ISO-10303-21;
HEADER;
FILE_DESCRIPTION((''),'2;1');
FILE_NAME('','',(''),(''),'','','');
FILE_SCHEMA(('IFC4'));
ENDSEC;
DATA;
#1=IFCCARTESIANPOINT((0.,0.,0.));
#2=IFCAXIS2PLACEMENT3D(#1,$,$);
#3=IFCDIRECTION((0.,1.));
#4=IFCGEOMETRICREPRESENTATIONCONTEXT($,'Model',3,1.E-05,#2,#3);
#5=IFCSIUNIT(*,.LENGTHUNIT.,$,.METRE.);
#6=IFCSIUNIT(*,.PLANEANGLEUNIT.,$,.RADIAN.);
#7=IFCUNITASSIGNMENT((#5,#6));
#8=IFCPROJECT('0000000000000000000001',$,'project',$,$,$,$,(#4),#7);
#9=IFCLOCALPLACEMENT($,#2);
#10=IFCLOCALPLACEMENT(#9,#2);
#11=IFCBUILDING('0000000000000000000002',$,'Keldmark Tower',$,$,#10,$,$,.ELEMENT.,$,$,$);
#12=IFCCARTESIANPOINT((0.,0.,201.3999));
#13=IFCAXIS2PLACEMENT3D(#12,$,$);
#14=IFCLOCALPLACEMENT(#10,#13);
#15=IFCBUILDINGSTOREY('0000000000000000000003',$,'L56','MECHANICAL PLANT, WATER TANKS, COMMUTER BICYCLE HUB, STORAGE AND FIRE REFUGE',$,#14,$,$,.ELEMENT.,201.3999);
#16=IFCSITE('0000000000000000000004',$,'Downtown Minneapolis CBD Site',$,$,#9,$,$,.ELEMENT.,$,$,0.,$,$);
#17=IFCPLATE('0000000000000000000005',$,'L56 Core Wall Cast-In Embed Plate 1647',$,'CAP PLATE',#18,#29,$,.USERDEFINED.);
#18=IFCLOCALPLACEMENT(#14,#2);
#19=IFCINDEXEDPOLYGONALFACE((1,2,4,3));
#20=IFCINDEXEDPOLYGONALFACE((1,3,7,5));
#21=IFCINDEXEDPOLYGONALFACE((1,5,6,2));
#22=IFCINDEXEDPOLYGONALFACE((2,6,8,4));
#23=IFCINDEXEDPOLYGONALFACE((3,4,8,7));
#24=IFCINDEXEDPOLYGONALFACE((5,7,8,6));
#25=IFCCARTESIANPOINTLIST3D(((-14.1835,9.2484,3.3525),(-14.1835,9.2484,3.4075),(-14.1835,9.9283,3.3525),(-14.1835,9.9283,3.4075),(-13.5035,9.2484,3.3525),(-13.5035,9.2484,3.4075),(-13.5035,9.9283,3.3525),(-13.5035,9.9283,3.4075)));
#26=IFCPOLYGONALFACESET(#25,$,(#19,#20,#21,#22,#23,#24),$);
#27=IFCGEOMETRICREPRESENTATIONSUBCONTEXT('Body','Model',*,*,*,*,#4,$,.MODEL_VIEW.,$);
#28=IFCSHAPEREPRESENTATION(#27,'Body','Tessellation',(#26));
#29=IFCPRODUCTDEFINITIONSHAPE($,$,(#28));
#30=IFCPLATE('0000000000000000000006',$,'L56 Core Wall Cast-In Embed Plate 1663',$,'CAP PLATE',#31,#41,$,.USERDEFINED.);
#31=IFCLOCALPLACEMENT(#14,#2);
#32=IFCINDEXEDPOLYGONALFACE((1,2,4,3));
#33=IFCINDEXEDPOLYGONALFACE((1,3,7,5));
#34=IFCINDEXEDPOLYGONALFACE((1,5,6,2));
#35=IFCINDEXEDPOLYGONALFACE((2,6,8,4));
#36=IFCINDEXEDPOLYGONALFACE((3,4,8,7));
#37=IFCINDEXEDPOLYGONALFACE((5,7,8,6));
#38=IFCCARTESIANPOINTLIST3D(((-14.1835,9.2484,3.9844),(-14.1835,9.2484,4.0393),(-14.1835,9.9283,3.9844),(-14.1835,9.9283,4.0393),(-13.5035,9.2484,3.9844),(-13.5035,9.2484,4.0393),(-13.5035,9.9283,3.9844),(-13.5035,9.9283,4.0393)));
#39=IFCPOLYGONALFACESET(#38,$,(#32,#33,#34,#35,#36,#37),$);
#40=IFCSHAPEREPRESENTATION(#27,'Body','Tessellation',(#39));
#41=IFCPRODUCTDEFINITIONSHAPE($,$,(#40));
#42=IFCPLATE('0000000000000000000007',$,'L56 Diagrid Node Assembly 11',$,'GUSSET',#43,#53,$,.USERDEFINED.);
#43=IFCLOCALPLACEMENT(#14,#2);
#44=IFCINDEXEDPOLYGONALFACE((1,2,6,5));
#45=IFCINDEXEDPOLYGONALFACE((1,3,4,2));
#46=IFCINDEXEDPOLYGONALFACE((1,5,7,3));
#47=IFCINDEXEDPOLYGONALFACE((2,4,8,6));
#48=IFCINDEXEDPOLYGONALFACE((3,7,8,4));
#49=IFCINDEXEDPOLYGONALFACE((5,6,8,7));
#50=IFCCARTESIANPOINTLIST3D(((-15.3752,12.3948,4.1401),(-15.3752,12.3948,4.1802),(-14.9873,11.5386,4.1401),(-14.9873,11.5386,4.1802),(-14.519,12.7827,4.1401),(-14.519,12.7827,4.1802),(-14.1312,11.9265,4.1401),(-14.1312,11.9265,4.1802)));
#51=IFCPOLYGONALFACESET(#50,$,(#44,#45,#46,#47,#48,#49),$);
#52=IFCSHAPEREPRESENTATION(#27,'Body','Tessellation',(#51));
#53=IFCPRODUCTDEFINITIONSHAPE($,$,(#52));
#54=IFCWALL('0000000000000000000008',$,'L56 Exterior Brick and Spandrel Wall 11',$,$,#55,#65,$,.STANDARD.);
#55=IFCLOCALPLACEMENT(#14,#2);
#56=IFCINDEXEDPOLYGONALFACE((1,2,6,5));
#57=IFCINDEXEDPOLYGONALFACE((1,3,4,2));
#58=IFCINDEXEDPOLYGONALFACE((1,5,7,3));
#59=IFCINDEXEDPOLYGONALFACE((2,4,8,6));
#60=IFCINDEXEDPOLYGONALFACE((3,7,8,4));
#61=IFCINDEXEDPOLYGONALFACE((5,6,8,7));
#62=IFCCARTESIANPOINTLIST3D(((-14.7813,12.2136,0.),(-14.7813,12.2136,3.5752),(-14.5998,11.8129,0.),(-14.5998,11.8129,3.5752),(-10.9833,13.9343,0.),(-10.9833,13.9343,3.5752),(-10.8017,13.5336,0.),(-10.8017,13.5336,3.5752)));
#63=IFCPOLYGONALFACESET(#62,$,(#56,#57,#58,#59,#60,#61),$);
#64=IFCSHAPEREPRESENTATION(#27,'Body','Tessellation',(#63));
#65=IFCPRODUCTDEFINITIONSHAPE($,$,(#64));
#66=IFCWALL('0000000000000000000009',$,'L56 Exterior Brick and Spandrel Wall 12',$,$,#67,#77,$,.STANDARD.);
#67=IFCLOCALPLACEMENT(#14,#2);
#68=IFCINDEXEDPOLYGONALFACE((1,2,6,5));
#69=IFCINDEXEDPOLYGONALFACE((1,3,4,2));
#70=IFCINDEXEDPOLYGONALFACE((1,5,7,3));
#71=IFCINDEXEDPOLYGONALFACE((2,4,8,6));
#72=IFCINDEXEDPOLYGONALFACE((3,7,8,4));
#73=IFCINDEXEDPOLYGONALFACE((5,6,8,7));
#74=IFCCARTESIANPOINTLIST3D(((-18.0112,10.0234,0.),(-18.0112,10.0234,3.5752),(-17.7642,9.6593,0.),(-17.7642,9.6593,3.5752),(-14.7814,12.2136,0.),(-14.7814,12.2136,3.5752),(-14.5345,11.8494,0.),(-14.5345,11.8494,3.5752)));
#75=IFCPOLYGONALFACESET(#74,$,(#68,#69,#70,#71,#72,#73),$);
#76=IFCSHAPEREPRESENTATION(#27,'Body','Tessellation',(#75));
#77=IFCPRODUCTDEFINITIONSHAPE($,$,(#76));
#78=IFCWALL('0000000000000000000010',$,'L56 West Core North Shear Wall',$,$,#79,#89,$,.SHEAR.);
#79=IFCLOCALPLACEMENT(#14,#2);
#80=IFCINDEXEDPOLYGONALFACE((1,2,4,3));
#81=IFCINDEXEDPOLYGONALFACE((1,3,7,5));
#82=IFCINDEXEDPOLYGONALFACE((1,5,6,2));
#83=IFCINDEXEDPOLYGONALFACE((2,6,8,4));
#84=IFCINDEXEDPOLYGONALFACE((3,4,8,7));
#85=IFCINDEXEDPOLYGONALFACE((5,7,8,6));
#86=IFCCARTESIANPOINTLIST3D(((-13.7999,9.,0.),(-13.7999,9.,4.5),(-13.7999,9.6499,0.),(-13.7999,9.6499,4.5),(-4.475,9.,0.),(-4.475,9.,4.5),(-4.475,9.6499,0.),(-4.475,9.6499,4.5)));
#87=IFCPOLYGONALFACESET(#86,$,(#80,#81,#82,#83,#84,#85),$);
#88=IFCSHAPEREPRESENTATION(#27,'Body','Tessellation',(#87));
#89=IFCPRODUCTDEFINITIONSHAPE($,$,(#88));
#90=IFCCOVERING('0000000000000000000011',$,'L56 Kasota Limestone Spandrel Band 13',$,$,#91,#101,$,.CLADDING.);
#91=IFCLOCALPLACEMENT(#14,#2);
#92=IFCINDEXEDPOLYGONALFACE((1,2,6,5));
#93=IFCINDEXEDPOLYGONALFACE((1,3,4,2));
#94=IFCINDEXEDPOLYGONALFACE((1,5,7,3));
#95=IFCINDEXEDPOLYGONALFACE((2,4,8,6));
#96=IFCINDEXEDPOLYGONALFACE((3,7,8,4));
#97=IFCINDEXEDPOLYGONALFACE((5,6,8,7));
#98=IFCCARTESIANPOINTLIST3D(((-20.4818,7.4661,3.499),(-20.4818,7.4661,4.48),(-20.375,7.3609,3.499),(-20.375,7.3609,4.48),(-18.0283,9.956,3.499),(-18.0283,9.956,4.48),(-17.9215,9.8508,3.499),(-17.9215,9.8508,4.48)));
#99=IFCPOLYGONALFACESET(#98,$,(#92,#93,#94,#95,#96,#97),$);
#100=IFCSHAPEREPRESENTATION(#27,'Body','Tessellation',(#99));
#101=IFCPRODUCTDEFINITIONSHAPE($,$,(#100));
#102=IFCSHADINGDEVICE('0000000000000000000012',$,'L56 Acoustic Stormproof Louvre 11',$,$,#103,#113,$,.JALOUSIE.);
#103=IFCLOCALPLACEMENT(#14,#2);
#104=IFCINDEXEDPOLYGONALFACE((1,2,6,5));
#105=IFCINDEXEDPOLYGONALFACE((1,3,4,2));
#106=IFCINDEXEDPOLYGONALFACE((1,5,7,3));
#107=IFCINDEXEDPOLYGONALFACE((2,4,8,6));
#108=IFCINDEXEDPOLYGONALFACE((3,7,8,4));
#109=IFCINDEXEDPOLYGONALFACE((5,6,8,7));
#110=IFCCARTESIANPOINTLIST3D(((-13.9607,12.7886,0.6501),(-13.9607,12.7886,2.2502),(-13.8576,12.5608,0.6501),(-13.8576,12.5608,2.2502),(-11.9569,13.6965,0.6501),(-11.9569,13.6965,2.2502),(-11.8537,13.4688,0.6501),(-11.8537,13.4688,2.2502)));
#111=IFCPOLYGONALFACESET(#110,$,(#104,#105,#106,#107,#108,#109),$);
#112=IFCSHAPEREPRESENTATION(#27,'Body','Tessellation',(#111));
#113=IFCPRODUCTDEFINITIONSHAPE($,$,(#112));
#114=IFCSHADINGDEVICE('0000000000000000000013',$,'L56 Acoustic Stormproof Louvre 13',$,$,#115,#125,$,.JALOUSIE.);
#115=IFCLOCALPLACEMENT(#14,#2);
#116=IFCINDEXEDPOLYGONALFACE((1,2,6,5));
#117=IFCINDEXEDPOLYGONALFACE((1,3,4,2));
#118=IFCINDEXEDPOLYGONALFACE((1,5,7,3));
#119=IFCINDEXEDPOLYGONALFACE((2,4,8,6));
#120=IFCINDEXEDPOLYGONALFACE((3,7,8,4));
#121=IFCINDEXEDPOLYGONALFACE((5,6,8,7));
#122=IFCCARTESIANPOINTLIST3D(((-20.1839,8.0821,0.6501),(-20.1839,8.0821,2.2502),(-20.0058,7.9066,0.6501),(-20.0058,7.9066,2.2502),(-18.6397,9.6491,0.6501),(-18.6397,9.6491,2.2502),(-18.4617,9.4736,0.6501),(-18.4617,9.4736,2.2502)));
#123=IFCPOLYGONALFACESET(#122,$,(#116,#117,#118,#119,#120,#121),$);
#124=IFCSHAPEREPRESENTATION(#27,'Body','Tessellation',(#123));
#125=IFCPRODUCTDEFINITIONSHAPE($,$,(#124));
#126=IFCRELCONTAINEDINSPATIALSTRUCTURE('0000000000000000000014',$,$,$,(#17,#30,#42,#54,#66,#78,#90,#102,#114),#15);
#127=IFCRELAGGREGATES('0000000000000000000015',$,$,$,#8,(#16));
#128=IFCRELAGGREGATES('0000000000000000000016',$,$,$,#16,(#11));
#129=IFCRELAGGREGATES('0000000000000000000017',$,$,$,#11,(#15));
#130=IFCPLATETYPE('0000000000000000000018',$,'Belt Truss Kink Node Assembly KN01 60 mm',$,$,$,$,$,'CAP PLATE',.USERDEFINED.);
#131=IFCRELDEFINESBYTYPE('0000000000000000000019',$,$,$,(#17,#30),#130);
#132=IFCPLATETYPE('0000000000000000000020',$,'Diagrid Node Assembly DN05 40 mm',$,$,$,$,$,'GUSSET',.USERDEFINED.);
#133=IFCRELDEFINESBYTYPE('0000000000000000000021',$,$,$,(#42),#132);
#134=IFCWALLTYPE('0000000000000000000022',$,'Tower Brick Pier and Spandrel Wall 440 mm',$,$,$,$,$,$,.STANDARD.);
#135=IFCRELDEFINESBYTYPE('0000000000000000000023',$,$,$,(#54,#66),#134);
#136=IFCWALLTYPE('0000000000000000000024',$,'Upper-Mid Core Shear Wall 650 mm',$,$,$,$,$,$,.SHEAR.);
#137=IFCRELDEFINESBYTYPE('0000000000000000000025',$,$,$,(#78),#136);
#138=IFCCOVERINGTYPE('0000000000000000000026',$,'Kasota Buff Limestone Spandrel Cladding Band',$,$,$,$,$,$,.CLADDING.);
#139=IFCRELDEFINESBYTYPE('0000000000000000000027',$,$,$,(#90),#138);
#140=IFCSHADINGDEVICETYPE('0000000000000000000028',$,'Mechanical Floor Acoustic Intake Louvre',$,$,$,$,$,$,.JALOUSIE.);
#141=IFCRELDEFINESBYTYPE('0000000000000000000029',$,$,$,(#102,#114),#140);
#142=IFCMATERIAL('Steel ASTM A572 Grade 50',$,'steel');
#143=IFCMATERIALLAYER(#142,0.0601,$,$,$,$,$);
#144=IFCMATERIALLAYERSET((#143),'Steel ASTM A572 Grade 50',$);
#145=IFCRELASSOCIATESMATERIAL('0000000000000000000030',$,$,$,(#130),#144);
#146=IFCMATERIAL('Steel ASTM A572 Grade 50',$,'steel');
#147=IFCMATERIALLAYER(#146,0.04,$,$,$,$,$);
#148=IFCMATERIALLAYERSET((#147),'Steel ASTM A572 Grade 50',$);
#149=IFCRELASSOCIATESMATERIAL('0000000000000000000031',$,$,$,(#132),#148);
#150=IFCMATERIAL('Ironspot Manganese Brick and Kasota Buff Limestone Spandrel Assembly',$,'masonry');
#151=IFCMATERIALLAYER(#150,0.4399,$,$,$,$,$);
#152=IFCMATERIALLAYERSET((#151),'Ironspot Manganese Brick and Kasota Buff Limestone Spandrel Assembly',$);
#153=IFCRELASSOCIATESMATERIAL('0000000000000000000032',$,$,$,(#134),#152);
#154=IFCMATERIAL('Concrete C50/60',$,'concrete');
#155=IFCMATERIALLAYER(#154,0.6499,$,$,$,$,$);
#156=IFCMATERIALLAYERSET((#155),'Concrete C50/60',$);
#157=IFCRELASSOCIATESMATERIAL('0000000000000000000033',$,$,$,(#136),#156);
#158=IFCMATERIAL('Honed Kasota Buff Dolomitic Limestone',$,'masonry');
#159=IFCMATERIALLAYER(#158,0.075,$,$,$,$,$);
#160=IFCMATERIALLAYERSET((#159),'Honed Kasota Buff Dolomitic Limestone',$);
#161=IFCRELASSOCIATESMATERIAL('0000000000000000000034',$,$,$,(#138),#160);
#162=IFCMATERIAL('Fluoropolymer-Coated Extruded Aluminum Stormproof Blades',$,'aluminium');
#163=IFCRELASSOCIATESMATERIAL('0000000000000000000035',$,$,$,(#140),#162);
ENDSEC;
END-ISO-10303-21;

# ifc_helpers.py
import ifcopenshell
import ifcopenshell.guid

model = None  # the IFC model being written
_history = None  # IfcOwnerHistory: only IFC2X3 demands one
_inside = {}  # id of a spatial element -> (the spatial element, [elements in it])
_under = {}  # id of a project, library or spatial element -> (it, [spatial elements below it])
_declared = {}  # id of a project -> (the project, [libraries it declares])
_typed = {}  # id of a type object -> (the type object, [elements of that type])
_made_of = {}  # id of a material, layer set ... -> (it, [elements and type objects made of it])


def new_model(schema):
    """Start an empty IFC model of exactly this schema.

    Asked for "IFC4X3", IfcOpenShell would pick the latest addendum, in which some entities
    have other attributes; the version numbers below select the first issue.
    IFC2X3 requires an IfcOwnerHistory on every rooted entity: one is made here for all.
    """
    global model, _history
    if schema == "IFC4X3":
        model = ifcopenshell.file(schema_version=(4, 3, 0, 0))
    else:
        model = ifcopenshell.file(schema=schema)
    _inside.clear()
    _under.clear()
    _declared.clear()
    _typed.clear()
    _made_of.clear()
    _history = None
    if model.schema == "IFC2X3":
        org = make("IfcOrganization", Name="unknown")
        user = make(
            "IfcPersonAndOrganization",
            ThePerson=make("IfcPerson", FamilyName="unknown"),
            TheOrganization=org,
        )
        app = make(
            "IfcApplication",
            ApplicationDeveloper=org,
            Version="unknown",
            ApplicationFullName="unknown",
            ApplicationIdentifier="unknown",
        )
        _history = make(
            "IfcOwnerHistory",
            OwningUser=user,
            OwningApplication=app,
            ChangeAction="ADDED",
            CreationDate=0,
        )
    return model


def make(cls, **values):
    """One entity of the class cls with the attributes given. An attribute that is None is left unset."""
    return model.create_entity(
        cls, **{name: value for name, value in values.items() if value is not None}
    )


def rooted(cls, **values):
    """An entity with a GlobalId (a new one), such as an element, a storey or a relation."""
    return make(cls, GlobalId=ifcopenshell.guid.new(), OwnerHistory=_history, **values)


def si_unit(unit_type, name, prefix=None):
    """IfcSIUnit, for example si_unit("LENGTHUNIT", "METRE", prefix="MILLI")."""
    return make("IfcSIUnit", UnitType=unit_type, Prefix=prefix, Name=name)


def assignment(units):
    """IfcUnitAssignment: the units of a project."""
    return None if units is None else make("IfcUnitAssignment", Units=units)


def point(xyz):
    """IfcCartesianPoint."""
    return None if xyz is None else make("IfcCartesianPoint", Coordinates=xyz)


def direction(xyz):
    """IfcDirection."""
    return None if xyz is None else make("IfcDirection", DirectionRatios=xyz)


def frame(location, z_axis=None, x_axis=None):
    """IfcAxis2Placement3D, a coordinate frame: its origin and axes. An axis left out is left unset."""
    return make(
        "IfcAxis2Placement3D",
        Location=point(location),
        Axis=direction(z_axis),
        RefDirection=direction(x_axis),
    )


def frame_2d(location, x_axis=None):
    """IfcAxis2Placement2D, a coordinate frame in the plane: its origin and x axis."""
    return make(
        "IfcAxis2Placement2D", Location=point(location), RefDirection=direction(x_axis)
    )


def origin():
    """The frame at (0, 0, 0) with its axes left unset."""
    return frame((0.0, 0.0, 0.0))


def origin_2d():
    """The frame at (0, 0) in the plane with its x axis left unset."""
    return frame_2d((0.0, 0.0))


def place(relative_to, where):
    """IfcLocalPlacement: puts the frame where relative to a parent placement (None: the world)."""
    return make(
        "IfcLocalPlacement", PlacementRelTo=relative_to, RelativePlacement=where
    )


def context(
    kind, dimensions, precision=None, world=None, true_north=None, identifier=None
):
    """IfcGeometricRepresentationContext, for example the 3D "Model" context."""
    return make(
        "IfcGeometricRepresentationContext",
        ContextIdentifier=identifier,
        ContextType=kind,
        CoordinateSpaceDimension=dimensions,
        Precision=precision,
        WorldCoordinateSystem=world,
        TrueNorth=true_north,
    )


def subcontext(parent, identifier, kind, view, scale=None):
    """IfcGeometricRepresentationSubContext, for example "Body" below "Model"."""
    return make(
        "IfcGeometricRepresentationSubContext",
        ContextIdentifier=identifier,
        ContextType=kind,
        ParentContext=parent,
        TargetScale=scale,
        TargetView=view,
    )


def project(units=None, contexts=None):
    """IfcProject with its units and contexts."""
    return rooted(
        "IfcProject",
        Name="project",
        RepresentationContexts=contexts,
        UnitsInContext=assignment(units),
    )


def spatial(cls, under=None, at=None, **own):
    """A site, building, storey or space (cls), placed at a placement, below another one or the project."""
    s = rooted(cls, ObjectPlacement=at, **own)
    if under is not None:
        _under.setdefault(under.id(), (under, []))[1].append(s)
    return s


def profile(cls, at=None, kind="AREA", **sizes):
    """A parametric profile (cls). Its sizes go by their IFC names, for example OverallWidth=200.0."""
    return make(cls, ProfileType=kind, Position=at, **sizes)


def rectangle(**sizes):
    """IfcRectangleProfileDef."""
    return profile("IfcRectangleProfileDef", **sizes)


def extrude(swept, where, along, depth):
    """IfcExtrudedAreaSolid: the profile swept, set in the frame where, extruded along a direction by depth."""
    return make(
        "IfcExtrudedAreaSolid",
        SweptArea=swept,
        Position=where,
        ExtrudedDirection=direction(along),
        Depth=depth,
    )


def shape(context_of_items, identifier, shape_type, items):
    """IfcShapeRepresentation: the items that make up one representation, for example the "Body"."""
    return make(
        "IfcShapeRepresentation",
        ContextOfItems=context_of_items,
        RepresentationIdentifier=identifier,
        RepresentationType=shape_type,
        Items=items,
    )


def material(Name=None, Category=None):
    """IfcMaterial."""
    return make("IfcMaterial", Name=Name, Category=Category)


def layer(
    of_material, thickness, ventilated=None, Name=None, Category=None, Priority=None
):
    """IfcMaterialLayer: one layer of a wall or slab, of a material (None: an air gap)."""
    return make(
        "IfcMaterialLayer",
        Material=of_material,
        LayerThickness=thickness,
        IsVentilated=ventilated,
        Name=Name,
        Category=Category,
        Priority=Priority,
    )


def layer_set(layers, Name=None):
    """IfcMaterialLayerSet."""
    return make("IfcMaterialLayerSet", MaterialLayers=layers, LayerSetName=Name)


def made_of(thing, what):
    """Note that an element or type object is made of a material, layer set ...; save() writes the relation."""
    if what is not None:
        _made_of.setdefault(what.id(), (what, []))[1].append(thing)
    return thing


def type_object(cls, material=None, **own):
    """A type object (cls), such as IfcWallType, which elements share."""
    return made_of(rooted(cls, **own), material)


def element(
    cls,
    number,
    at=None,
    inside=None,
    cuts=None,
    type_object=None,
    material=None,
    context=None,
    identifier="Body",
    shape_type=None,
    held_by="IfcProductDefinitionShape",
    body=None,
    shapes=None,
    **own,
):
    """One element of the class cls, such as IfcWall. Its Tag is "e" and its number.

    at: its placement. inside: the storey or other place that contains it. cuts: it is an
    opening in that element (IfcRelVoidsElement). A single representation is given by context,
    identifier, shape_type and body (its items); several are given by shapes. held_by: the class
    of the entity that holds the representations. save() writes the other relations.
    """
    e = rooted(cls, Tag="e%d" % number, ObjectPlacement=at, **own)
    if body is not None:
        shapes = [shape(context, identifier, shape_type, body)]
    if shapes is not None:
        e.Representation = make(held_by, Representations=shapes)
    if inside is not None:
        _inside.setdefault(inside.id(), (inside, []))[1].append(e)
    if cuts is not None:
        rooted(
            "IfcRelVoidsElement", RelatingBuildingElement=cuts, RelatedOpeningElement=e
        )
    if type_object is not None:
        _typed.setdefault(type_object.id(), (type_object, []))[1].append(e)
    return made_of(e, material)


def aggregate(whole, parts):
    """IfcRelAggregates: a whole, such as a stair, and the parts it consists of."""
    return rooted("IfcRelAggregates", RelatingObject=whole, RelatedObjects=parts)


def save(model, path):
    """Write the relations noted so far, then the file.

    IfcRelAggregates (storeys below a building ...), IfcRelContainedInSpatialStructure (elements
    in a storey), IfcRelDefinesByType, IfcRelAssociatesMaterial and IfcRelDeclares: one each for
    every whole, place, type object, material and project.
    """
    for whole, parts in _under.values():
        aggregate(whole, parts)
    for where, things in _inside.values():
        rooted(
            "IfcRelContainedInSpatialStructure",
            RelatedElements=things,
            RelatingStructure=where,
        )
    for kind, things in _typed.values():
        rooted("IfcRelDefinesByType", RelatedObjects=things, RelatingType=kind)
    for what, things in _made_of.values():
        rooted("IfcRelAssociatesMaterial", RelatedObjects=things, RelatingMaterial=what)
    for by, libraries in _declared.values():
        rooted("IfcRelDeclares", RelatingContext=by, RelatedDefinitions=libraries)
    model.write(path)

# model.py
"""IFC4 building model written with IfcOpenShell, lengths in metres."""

from ifc_helpers import new_model, si_unit, direction, frame, frame_2d, origin, origin_2d, place, context, subcontext, project, spatial, rectangle, extrude, material, layer, layer_set, type_object, element, save


model = new_model("IFC4")

# Units and contexts
model_context = context("Model", 3, precision=1e-05, world=origin(), true_north=direction((0.0, 1.0)))
body_context = subcontext(model_context, "Body", "Model", "MODEL_VIEW")
ifc_project = project(units=[si_unit("LENGTHUNIT", "METRE"), si_unit("PLANEANGLEUNIT", "RADIAN")], contexts=[model_context])

# Site, building, storey
site_placement = place(None, origin())
site = spatial("IfcSite", under=ifc_project, at=site_placement, Name="Downtown Minneapolis CBD Site", CompositionType="ELEMENT", RefElevation=0.0)
building_placement = place(site_placement, origin())
building = spatial("IfcBuilding", under=site, at=building_placement, Name="Keldmark Tower", CompositionType="ELEMENT")
storey_placement = place(building_placement, frame((0.0, 0.0, 201.3999)))
storey = spatial("IfcBuildingStorey", under=building, at=storey_placement, Name="L56", Description="MECHANICAL PLANT, WATER TANKS, COMMUTER BICYCLE HUB, STORAGE AND FIRE REFUGE", CompositionType="ELEMENT", Elevation=201.3999)

# Plates
ifc_material_1 = material(Name="Steel ASTM A572 Grade 50", Category="steel")
ifc_layer_1 = layer(ifc_material_1, 0.0601)
ifc_layer_set_1 = layer_set([ifc_layer_1], Name="Steel ASTM A572 Grade 50")
plate_type_1 = type_object("IfcPlateType", Name="Belt Truss Kink Node Assembly KN01 60 mm", ElementType="CAP PLATE", PredefinedType="USERDEFINED", material=ifc_layer_set_1)
for number, where, z_axis, x_axis, name in (
    (1, (-13.8435, 9.5884, 3.3525), (0.0, 0.0, 1.0), (1.0, 0.0, 0.0), "L56 Core Wall Cast-In Embed Plate 1647"),
    (2, (-13.8435, 9.5884, 3.9844), (0.0, 0.0, 1.0), (1.0, 0.0, 0.0), "L56 Core Wall Cast-In Embed Plate 1663"),
):
    element("IfcPlate", number, at=place(storey_placement, frame(where, z_axis=z_axis, x_axis=x_axis)), inside=storey, type_object=plate_type_1, Name=name, ObjectType="CAP PLATE", PredefinedType="USERDEFINED", context=body_context, shape_type="SweptSolid", body=[
        extrude(rectangle(XDim=0.6799, YDim=0.6799, at=origin_2d()), origin(), (0.0, 0.0, 1.0), 0.0549),
    ])
ifc_material_2 = material(Name="Steel ASTM A572 Grade 50", Category="steel")
ifc_layer_2 = layer(ifc_material_2, 0.04)
ifc_layer_set_2 = layer_set([ifc_layer_2], Name="Steel ASTM A572 Grade 50")
plate_type_2 = type_object("IfcPlateType", Name="Diagrid Node Assembly DN05 40 mm", ElementType="GUSSET", PredefinedType="USERDEFINED", material=ifc_layer_set_2)
plate_placement = place(storey_placement, frame((-14.7532, 12.1606, 4.1401), z_axis=(0.0, 0.0, 1.0), x_axis=(-0.9109, -0.412628, 0.0)))
element("IfcPlate", 3, at=plate_placement, inside=storey, type_object=plate_type_2, Name="L56 Diagrid Node Assembly 11", ObjectType="GUSSET", PredefinedType="USERDEFINED", context=body_context, shape_type="SweptSolid", body=[
    extrude(rectangle(XDim=0.9399, YDim=0.9399, at=origin_2d()), origin(), (0.0, 0.0, 1.0), 0.04),
])

# Walls
ifc_material_3 = material(Name="Ironspot Manganese Brick and Kasota Buff Limestone Spandrel Assembly", Category="masonry")
ifc_layer_3 = layer(ifc_material_3, 0.4399)
ifc_layer_set_3 = layer_set([ifc_layer_3], Name="Ironspot Manganese Brick and Kasota Buff Limestone Spandrel Assembly")
wall_type_1 = type_object("IfcWallType", Name="Tower Brick Pier and Spandrel Wall 440 mm", PredefinedType="STANDARD", material=ifc_layer_set_3)
wall_1_placement = place(storey_placement, frame((-14.6907, 12.0132, 0.0), z_axis=(0.0, 0.0, 1.0), x_axis=(0.910881, 0.412669, 0.0)))
element("IfcWall", 4, at=wall_1_placement, inside=storey, type_object=wall_type_1, Name="L56 Exterior Brick and Spandrel Wall 11", PredefinedType="STANDARD", context=body_context, shape_type="SweptSolid", body=[
    extrude(rectangle(XDim=4.1697, YDim=0.4399, at=frame_2d((2.085, 0.0))), origin(), (0.0, 0.0, 1.0), 3.5752),
])
wall_2_placement = place(storey_placement, frame((-17.8877, 9.8413, 0.0), z_axis=(0.0, 0.0, 1.0), x_axis=(0.827645, 0.561252, 0.0)))
element("IfcWall", 5, at=wall_2_placement, inside=storey, type_object=wall_type_1, Name="L56 Exterior Brick and Spandrel Wall 12", PredefinedType="STANDARD", context=body_context, shape_type="SweptSolid", body=[
    extrude(rectangle(XDim=3.9023, YDim=0.4399, at=frame_2d((1.9512, 0.0))), origin(), (0.0, 0.0, 1.0), 3.5752),
])
ifc_material_4 = material(Name="Concrete C50/60", Category="concrete")
ifc_layer_4 = layer(ifc_material_4, 0.6499)
ifc_layer_set_4 = layer_set([ifc_layer_4], Name="Concrete C50/60")
wall_type_2 = type_object("IfcWallType", Name="Upper-Mid Core Shear Wall 650 mm", PredefinedType="SHEAR", material=ifc_layer_set_4)
wall_3_placement = place(storey_placement, frame((-13.8, 9.325, 0.0), z_axis=(0.0, 0.0, 1.0), x_axis=(1.0, 0.0, 0.0)))
element("IfcWall", 6, at=wall_3_placement, inside=storey, type_object=wall_type_2, Name="L56 West Core North Shear Wall", PredefinedType="SHEAR", context=body_context, shape_type="SweptSolid", body=[
    extrude(rectangle(XDim=9.325, YDim=0.6499, at=frame_2d((4.6626, 0.0))), origin(), (0.0, 0.0, 1.0), 4.5),
])

# Covering
ifc_material_5 = material(Name="Honed Kasota Buff Dolomitic Limestone", Category="masonry")
ifc_layer_5 = layer(ifc_material_5, 0.075)
ifc_layer_set_5 = layer_set([ifc_layer_5], Name="Honed Kasota Buff Dolomitic Limestone")
covering_type = type_object("IfcCoveringType", Name="Kasota Buff Limestone Spandrel Cladding Band", PredefinedType="CLADDING", material=ifc_layer_set_5)
covering_placement = place(storey_placement, frame((-19.2017, 8.6584, 3.499), z_axis=(0.0, 0.0, 1.0), x_axis=(-0.701892, -0.712283, 0.0)))
element("IfcCovering", 7, at=covering_placement, inside=storey, type_object=covering_type, Name="L56 Kasota Limestone Spandrel Band 13", PredefinedType="CLADDING", context=body_context, shape_type="SweptSolid", body=[
    extrude(rectangle(XDim=3.4956, YDim=0.1499, at=origin_2d()), origin(), (0.0, 0.0, 1.0), 0.981),
])

# Shading devices
ifc_material_6 = material(Name="Fluoropolymer-Coated Extruded Aluminum Stormproof Blades", Category="aluminium")
shading_device_type = type_object("IfcShadingDeviceType", Name="Mechanical Floor Acoustic Intake Louvre", PredefinedType="JALOUSIE", material=ifc_material_6)
for number, where, z_axis, x_axis, name in (
    (8, (-12.9072, 13.1287, 0.6501), (0.0, 0.0, 1.0), (-0.910864, -0.412707, 0.0), "L56 Acoustic Stormproof Louvre 11"),
    (9, (-19.3228, 8.7778, 0.6501), (0.0, 0.0, 1.0), (-0.701892, -0.712283, 0.0), "L56 Acoustic Stormproof Louvre 13"),
):
    element("IfcShadingDevice", number, at=place(storey_placement, frame(where, z_axis=z_axis, x_axis=x_axis)), inside=storey, type_object=shading_device_type, Name=name, PredefinedType="JALOUSIE", context=body_context, shape_type="SweptSolid", body=[
        extrude(rectangle(XDim=2.2, YDim=0.25, at=origin_2d()), origin(), (0.0, 0.0, 1.0), 1.6001),
    ])

save(model, "model.ifc")
